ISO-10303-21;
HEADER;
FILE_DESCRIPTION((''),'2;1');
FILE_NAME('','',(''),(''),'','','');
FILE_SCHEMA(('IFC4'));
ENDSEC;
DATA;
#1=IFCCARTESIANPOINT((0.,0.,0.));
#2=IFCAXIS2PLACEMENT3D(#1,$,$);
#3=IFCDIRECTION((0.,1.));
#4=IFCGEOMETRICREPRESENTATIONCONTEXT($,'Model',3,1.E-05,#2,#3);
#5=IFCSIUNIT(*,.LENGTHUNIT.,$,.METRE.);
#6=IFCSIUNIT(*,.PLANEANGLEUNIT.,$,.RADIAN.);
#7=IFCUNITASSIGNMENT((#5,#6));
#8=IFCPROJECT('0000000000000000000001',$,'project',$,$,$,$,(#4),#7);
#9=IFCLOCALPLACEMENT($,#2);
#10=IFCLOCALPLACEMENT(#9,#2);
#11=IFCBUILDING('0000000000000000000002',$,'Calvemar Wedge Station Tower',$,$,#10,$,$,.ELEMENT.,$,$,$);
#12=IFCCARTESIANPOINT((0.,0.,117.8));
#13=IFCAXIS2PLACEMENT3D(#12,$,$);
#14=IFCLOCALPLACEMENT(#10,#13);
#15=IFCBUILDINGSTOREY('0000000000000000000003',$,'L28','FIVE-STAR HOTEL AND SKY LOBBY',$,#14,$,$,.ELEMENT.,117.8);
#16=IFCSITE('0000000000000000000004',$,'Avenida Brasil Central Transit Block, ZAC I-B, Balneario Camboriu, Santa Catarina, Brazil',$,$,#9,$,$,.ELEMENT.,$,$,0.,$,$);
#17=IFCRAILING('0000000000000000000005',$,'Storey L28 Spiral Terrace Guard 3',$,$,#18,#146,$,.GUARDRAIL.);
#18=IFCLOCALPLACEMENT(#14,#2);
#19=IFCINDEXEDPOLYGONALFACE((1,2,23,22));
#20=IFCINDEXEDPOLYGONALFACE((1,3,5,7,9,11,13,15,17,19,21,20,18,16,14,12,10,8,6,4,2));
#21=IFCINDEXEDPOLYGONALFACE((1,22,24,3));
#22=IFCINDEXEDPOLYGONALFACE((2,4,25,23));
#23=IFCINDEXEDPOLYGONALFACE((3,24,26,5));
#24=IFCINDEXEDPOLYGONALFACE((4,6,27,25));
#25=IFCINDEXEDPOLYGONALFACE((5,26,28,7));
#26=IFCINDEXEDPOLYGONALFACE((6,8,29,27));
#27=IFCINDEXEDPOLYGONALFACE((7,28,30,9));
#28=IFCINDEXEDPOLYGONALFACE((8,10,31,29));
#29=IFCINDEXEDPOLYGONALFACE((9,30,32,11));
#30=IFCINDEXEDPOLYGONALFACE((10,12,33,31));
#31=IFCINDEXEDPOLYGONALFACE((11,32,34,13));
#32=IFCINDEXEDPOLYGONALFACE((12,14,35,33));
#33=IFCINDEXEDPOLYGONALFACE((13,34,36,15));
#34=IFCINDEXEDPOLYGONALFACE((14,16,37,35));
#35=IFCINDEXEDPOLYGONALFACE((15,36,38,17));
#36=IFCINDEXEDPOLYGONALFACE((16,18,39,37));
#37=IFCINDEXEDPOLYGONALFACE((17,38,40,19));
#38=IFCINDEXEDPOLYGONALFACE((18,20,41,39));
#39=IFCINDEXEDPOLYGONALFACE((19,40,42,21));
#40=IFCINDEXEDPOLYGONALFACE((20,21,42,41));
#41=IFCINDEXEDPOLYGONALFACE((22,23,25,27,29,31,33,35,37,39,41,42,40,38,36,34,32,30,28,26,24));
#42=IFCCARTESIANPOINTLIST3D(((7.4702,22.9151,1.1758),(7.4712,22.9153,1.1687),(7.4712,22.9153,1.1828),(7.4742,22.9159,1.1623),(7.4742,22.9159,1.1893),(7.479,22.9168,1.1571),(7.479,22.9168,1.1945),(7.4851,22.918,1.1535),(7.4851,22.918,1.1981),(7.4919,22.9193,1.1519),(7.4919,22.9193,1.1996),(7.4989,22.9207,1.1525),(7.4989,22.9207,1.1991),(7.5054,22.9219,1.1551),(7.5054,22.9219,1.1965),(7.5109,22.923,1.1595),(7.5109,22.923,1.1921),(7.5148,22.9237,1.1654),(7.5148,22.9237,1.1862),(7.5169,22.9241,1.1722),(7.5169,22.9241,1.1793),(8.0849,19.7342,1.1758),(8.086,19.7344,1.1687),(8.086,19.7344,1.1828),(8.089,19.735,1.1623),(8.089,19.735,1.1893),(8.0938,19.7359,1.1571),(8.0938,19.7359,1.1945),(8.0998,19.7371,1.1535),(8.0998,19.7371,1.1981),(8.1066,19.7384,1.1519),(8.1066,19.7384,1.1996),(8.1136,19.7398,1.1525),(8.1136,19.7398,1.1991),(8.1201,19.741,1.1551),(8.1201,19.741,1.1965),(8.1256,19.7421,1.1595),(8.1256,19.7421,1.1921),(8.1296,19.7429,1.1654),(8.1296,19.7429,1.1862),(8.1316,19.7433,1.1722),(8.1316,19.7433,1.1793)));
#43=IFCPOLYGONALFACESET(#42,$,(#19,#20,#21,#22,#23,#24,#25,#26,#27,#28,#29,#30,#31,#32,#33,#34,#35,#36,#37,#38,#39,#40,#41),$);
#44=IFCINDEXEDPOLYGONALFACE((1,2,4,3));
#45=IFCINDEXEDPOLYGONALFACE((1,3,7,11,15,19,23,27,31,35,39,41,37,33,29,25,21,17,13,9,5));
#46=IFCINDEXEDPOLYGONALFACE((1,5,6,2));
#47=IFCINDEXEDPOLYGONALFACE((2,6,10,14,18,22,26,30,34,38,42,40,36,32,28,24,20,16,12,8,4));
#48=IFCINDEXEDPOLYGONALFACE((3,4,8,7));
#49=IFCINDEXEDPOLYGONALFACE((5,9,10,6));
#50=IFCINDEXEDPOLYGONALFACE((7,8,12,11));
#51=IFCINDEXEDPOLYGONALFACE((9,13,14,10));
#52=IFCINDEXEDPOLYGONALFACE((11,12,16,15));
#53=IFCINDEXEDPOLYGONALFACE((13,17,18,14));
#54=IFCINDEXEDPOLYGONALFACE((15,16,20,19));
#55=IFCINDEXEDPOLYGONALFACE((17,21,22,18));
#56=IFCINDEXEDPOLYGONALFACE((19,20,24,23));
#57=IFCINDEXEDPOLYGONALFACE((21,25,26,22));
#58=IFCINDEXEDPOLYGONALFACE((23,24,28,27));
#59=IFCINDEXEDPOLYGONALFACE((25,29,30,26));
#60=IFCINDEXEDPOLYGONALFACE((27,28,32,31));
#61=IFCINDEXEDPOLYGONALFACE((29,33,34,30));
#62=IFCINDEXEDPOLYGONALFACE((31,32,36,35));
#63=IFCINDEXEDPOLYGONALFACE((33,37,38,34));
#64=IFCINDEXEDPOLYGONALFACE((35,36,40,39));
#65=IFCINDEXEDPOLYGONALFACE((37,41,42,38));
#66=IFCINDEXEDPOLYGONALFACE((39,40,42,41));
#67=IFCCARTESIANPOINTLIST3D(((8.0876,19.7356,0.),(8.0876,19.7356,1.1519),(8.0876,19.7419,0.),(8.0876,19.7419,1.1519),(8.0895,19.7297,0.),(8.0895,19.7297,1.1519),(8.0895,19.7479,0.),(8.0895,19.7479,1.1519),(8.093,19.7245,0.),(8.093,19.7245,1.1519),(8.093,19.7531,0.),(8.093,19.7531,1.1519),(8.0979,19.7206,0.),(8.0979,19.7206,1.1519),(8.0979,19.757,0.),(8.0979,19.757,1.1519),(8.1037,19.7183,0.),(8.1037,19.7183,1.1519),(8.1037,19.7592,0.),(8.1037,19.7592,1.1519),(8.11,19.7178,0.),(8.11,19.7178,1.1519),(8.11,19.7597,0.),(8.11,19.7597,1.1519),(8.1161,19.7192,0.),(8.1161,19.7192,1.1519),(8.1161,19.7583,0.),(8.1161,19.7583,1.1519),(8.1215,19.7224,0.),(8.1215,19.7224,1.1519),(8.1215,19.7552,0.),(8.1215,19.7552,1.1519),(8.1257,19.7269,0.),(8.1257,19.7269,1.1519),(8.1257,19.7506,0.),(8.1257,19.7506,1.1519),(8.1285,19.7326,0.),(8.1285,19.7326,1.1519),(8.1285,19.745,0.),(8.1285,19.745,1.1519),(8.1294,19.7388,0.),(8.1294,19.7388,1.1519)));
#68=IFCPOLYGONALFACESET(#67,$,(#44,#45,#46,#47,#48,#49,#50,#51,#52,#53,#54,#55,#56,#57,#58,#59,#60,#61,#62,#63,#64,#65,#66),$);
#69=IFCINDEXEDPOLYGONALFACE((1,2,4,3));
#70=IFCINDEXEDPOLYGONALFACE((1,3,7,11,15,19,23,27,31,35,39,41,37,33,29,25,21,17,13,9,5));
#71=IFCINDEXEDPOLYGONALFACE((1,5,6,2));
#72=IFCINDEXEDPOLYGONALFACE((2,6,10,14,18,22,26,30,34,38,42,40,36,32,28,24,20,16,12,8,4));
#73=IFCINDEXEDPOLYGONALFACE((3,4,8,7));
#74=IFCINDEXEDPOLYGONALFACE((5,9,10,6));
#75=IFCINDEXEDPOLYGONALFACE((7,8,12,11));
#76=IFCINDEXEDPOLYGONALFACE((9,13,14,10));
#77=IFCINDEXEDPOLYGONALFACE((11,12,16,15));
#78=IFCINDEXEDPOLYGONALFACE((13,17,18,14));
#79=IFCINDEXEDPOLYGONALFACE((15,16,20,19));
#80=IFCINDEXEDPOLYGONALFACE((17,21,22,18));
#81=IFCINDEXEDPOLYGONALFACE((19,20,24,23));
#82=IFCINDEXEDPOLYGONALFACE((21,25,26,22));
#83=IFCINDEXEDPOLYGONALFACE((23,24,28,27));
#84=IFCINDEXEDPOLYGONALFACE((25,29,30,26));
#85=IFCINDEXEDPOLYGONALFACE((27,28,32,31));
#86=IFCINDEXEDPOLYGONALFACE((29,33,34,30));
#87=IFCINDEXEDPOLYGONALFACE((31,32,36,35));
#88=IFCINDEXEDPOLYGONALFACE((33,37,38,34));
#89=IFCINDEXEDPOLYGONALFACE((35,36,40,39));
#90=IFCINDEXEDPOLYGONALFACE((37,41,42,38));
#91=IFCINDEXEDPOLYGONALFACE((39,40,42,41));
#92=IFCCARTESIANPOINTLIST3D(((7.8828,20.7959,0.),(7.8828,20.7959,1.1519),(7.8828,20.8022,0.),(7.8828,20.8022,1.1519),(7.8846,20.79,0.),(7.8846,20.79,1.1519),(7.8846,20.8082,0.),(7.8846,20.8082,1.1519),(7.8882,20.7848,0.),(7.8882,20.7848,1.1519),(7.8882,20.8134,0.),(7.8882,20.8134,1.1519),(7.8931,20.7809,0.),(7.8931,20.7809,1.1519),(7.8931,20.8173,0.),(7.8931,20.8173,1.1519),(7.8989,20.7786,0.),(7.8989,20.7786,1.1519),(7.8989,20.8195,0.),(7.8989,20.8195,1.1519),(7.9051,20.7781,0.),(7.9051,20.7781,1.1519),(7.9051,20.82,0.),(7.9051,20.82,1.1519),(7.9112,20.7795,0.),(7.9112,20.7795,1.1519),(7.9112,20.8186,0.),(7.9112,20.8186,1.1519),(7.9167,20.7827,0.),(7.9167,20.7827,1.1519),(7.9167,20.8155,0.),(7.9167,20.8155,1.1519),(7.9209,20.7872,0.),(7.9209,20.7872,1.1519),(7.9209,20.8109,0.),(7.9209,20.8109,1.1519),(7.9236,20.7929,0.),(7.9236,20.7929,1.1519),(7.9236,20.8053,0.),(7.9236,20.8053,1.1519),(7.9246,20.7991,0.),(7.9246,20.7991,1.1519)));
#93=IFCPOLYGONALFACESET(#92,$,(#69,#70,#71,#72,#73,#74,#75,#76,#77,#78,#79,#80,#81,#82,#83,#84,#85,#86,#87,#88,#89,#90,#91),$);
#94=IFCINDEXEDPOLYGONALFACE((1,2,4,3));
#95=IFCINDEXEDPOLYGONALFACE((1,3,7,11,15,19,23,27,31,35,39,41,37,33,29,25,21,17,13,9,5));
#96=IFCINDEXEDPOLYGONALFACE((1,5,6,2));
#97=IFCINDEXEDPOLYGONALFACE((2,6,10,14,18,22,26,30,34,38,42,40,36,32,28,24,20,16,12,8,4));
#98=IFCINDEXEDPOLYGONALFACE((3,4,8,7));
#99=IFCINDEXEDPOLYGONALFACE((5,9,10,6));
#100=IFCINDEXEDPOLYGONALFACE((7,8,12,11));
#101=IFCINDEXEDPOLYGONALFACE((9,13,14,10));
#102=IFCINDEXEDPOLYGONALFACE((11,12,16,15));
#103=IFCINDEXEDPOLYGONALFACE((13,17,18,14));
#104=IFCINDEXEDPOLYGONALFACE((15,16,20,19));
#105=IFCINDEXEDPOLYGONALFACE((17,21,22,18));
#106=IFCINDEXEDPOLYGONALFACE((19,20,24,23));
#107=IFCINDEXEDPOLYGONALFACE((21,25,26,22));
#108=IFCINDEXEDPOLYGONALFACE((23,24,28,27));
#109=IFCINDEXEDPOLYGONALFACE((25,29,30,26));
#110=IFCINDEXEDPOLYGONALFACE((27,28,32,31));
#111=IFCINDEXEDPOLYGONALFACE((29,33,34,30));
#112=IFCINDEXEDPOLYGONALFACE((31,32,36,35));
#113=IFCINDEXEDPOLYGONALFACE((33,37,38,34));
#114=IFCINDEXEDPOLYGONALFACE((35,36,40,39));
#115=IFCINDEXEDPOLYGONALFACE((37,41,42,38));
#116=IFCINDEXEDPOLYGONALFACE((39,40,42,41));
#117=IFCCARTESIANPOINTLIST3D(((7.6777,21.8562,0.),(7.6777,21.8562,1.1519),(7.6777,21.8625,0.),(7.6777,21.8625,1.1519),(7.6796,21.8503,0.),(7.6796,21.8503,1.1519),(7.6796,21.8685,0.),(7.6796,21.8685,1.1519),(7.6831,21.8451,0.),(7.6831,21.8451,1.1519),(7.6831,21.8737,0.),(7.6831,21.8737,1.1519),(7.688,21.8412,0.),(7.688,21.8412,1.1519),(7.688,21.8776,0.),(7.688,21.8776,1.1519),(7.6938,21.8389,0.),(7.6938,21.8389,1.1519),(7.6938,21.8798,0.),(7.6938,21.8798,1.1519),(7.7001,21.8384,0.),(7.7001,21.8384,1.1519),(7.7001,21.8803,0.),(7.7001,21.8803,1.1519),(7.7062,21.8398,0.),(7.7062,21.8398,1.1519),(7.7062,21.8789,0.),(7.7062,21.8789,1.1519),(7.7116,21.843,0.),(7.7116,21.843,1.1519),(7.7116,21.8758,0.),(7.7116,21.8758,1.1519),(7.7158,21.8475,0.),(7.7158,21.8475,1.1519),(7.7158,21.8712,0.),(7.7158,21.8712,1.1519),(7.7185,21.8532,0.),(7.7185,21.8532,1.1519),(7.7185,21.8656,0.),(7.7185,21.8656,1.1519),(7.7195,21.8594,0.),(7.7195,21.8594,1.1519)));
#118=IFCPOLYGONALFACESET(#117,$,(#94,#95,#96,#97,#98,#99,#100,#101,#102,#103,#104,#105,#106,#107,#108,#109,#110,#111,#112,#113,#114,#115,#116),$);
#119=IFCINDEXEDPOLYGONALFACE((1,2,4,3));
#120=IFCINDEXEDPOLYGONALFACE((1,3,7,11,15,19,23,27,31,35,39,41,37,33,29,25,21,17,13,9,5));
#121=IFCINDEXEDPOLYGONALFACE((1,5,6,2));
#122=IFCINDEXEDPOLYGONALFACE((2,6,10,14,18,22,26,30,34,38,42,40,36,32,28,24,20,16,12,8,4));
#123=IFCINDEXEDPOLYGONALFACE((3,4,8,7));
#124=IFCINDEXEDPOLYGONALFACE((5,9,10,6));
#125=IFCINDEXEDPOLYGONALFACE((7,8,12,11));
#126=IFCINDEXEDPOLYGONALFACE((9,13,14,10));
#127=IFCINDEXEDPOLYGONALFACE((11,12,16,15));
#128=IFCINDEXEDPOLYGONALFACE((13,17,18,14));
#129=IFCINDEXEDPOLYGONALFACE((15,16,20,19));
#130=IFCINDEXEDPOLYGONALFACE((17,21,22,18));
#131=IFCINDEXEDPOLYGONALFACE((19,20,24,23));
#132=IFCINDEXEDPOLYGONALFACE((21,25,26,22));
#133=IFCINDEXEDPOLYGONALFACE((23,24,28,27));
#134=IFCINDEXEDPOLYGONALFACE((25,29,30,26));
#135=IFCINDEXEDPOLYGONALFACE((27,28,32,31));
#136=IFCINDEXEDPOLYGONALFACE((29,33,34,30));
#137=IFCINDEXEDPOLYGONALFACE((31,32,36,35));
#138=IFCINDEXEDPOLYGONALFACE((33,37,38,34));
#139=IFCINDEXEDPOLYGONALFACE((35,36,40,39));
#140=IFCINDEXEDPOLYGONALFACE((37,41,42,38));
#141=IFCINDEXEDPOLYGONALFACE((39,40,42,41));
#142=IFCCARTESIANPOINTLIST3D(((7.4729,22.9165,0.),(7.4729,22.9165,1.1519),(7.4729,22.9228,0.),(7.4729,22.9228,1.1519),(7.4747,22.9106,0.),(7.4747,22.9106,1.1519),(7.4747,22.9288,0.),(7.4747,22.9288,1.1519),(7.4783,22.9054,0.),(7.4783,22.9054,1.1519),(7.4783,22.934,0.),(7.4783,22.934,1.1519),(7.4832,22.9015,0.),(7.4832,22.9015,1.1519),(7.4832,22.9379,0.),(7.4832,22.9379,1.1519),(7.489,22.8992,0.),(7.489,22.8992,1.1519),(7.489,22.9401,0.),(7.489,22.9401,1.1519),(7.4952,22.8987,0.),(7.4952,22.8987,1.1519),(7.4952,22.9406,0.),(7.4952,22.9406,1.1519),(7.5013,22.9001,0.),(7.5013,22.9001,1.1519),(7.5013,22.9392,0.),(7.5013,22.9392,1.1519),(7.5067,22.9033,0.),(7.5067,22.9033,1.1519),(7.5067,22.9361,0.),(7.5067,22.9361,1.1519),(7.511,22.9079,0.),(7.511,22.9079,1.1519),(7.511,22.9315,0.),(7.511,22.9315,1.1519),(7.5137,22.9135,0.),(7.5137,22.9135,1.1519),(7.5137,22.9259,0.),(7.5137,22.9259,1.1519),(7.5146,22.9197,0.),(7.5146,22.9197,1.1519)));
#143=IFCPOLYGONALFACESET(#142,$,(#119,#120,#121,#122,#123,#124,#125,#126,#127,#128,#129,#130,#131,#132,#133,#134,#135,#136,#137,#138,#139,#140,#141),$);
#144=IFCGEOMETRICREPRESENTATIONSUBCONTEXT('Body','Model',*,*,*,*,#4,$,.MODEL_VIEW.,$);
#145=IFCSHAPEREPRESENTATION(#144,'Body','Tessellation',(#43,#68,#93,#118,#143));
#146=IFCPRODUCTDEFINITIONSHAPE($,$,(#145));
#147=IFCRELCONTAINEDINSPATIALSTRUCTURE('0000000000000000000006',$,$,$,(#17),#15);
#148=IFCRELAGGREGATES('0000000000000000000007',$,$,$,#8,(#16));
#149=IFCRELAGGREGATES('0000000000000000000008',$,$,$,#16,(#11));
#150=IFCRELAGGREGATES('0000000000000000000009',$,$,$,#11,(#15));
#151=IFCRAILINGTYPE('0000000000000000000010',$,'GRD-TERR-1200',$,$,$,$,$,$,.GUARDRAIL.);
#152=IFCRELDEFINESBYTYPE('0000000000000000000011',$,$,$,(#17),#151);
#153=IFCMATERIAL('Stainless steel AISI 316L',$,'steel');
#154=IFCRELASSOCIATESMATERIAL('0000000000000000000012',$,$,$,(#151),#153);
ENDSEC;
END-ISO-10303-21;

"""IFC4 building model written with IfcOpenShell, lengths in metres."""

from ifc_helpers import new_model, si_unit, direction, frame, origin, origin_2d, place, context, subcontext, project, spatial, circle, extrude, material, type_object, element, save


model = new_model("IFC4")

# Units and contexts
model_context = context("Model", 3, precision=1e-05, world=origin(), true_north=direction((0.0, 1.0)))
body_context = subcontext(model_context, "Body", "Model", "MODEL_VIEW")
ifc_project = project(units=[si_unit("LENGTHUNIT", "METRE"), si_unit("PLANEANGLEUNIT", "RADIAN")], contexts=[model_context])

# Site, building, storey
site_placement = place(None, origin())
site = spatial("IfcSite", under=ifc_project, at=site_placement, Name="Avenida Brasil Central Transit Block, ZAC I-B, Balneario Camboriu, Santa Catarina, Brazil", CompositionType="ELEMENT", RefElevation=0.0)
building_placement = place(site_placement, origin())
building = spatial("IfcBuilding", under=site, at=building_placement, Name="Calvemar Wedge Station Tower", CompositionType="ELEMENT")
storey_placement = place(building_placement, frame((0.0, 0.0, 117.8)))
storey = spatial("IfcBuildingStorey", under=building, at=storey_placement, Name="L28", Description="FIVE-STAR HOTEL AND SKY LOBBY", CompositionType="ELEMENT", Elevation=117.8)

# Railing
ifc_material_1 = material(Name="Stainless steel AISI 316L", Category="steel")
railing_type = type_object("IfcRailingType", Name="GRD-TERR-1200", PredefinedType="GUARDRAIL", material=ifc_material_1)
railing_1_placement = place(storey_placement, frame((8.1084, 19.7388, 0.0)))
element("IfcRailing", 1, at=railing_1_placement, inside=storey, type_object=railing_type, Name="Storey L28 Spiral Terrace Guard 3", PredefinedType="GUARDRAIL", context=body_context, shape_type="SweptSolid", body=[
    extrude(circle(Radius=0.0239, at=origin_2d()), frame((0.0, 0.0, 1.1758), z_axis=(-0.18975, 0.981832, 0.0), x_axis=(-0.981832, -0.18975, 0.0)), (0.0, 0.0, 1.0), 3.2397),
    extrude(circle(Radius=0.021, at=origin_2d()), origin(), (0.0, 0.0, 1.0), 1.1519),
    extrude(circle(Radius=0.021, at=origin_2d()), frame((-0.2048, 1.0603, 0.0)), (0.0, 0.0, 1.0), 1.1519),
    extrude(circle(Radius=0.021, at=origin_2d()), frame((-0.4099, 2.1206, 0.0)), (0.0, 0.0, 1.0), 1.1519),
    extrude(circle(Radius=0.021, at=origin_2d()), frame((-0.6147, 3.1809, 0.0)), (0.0, 0.0, 1.0), 1.1519),
])

save(model, "model.ifc")
